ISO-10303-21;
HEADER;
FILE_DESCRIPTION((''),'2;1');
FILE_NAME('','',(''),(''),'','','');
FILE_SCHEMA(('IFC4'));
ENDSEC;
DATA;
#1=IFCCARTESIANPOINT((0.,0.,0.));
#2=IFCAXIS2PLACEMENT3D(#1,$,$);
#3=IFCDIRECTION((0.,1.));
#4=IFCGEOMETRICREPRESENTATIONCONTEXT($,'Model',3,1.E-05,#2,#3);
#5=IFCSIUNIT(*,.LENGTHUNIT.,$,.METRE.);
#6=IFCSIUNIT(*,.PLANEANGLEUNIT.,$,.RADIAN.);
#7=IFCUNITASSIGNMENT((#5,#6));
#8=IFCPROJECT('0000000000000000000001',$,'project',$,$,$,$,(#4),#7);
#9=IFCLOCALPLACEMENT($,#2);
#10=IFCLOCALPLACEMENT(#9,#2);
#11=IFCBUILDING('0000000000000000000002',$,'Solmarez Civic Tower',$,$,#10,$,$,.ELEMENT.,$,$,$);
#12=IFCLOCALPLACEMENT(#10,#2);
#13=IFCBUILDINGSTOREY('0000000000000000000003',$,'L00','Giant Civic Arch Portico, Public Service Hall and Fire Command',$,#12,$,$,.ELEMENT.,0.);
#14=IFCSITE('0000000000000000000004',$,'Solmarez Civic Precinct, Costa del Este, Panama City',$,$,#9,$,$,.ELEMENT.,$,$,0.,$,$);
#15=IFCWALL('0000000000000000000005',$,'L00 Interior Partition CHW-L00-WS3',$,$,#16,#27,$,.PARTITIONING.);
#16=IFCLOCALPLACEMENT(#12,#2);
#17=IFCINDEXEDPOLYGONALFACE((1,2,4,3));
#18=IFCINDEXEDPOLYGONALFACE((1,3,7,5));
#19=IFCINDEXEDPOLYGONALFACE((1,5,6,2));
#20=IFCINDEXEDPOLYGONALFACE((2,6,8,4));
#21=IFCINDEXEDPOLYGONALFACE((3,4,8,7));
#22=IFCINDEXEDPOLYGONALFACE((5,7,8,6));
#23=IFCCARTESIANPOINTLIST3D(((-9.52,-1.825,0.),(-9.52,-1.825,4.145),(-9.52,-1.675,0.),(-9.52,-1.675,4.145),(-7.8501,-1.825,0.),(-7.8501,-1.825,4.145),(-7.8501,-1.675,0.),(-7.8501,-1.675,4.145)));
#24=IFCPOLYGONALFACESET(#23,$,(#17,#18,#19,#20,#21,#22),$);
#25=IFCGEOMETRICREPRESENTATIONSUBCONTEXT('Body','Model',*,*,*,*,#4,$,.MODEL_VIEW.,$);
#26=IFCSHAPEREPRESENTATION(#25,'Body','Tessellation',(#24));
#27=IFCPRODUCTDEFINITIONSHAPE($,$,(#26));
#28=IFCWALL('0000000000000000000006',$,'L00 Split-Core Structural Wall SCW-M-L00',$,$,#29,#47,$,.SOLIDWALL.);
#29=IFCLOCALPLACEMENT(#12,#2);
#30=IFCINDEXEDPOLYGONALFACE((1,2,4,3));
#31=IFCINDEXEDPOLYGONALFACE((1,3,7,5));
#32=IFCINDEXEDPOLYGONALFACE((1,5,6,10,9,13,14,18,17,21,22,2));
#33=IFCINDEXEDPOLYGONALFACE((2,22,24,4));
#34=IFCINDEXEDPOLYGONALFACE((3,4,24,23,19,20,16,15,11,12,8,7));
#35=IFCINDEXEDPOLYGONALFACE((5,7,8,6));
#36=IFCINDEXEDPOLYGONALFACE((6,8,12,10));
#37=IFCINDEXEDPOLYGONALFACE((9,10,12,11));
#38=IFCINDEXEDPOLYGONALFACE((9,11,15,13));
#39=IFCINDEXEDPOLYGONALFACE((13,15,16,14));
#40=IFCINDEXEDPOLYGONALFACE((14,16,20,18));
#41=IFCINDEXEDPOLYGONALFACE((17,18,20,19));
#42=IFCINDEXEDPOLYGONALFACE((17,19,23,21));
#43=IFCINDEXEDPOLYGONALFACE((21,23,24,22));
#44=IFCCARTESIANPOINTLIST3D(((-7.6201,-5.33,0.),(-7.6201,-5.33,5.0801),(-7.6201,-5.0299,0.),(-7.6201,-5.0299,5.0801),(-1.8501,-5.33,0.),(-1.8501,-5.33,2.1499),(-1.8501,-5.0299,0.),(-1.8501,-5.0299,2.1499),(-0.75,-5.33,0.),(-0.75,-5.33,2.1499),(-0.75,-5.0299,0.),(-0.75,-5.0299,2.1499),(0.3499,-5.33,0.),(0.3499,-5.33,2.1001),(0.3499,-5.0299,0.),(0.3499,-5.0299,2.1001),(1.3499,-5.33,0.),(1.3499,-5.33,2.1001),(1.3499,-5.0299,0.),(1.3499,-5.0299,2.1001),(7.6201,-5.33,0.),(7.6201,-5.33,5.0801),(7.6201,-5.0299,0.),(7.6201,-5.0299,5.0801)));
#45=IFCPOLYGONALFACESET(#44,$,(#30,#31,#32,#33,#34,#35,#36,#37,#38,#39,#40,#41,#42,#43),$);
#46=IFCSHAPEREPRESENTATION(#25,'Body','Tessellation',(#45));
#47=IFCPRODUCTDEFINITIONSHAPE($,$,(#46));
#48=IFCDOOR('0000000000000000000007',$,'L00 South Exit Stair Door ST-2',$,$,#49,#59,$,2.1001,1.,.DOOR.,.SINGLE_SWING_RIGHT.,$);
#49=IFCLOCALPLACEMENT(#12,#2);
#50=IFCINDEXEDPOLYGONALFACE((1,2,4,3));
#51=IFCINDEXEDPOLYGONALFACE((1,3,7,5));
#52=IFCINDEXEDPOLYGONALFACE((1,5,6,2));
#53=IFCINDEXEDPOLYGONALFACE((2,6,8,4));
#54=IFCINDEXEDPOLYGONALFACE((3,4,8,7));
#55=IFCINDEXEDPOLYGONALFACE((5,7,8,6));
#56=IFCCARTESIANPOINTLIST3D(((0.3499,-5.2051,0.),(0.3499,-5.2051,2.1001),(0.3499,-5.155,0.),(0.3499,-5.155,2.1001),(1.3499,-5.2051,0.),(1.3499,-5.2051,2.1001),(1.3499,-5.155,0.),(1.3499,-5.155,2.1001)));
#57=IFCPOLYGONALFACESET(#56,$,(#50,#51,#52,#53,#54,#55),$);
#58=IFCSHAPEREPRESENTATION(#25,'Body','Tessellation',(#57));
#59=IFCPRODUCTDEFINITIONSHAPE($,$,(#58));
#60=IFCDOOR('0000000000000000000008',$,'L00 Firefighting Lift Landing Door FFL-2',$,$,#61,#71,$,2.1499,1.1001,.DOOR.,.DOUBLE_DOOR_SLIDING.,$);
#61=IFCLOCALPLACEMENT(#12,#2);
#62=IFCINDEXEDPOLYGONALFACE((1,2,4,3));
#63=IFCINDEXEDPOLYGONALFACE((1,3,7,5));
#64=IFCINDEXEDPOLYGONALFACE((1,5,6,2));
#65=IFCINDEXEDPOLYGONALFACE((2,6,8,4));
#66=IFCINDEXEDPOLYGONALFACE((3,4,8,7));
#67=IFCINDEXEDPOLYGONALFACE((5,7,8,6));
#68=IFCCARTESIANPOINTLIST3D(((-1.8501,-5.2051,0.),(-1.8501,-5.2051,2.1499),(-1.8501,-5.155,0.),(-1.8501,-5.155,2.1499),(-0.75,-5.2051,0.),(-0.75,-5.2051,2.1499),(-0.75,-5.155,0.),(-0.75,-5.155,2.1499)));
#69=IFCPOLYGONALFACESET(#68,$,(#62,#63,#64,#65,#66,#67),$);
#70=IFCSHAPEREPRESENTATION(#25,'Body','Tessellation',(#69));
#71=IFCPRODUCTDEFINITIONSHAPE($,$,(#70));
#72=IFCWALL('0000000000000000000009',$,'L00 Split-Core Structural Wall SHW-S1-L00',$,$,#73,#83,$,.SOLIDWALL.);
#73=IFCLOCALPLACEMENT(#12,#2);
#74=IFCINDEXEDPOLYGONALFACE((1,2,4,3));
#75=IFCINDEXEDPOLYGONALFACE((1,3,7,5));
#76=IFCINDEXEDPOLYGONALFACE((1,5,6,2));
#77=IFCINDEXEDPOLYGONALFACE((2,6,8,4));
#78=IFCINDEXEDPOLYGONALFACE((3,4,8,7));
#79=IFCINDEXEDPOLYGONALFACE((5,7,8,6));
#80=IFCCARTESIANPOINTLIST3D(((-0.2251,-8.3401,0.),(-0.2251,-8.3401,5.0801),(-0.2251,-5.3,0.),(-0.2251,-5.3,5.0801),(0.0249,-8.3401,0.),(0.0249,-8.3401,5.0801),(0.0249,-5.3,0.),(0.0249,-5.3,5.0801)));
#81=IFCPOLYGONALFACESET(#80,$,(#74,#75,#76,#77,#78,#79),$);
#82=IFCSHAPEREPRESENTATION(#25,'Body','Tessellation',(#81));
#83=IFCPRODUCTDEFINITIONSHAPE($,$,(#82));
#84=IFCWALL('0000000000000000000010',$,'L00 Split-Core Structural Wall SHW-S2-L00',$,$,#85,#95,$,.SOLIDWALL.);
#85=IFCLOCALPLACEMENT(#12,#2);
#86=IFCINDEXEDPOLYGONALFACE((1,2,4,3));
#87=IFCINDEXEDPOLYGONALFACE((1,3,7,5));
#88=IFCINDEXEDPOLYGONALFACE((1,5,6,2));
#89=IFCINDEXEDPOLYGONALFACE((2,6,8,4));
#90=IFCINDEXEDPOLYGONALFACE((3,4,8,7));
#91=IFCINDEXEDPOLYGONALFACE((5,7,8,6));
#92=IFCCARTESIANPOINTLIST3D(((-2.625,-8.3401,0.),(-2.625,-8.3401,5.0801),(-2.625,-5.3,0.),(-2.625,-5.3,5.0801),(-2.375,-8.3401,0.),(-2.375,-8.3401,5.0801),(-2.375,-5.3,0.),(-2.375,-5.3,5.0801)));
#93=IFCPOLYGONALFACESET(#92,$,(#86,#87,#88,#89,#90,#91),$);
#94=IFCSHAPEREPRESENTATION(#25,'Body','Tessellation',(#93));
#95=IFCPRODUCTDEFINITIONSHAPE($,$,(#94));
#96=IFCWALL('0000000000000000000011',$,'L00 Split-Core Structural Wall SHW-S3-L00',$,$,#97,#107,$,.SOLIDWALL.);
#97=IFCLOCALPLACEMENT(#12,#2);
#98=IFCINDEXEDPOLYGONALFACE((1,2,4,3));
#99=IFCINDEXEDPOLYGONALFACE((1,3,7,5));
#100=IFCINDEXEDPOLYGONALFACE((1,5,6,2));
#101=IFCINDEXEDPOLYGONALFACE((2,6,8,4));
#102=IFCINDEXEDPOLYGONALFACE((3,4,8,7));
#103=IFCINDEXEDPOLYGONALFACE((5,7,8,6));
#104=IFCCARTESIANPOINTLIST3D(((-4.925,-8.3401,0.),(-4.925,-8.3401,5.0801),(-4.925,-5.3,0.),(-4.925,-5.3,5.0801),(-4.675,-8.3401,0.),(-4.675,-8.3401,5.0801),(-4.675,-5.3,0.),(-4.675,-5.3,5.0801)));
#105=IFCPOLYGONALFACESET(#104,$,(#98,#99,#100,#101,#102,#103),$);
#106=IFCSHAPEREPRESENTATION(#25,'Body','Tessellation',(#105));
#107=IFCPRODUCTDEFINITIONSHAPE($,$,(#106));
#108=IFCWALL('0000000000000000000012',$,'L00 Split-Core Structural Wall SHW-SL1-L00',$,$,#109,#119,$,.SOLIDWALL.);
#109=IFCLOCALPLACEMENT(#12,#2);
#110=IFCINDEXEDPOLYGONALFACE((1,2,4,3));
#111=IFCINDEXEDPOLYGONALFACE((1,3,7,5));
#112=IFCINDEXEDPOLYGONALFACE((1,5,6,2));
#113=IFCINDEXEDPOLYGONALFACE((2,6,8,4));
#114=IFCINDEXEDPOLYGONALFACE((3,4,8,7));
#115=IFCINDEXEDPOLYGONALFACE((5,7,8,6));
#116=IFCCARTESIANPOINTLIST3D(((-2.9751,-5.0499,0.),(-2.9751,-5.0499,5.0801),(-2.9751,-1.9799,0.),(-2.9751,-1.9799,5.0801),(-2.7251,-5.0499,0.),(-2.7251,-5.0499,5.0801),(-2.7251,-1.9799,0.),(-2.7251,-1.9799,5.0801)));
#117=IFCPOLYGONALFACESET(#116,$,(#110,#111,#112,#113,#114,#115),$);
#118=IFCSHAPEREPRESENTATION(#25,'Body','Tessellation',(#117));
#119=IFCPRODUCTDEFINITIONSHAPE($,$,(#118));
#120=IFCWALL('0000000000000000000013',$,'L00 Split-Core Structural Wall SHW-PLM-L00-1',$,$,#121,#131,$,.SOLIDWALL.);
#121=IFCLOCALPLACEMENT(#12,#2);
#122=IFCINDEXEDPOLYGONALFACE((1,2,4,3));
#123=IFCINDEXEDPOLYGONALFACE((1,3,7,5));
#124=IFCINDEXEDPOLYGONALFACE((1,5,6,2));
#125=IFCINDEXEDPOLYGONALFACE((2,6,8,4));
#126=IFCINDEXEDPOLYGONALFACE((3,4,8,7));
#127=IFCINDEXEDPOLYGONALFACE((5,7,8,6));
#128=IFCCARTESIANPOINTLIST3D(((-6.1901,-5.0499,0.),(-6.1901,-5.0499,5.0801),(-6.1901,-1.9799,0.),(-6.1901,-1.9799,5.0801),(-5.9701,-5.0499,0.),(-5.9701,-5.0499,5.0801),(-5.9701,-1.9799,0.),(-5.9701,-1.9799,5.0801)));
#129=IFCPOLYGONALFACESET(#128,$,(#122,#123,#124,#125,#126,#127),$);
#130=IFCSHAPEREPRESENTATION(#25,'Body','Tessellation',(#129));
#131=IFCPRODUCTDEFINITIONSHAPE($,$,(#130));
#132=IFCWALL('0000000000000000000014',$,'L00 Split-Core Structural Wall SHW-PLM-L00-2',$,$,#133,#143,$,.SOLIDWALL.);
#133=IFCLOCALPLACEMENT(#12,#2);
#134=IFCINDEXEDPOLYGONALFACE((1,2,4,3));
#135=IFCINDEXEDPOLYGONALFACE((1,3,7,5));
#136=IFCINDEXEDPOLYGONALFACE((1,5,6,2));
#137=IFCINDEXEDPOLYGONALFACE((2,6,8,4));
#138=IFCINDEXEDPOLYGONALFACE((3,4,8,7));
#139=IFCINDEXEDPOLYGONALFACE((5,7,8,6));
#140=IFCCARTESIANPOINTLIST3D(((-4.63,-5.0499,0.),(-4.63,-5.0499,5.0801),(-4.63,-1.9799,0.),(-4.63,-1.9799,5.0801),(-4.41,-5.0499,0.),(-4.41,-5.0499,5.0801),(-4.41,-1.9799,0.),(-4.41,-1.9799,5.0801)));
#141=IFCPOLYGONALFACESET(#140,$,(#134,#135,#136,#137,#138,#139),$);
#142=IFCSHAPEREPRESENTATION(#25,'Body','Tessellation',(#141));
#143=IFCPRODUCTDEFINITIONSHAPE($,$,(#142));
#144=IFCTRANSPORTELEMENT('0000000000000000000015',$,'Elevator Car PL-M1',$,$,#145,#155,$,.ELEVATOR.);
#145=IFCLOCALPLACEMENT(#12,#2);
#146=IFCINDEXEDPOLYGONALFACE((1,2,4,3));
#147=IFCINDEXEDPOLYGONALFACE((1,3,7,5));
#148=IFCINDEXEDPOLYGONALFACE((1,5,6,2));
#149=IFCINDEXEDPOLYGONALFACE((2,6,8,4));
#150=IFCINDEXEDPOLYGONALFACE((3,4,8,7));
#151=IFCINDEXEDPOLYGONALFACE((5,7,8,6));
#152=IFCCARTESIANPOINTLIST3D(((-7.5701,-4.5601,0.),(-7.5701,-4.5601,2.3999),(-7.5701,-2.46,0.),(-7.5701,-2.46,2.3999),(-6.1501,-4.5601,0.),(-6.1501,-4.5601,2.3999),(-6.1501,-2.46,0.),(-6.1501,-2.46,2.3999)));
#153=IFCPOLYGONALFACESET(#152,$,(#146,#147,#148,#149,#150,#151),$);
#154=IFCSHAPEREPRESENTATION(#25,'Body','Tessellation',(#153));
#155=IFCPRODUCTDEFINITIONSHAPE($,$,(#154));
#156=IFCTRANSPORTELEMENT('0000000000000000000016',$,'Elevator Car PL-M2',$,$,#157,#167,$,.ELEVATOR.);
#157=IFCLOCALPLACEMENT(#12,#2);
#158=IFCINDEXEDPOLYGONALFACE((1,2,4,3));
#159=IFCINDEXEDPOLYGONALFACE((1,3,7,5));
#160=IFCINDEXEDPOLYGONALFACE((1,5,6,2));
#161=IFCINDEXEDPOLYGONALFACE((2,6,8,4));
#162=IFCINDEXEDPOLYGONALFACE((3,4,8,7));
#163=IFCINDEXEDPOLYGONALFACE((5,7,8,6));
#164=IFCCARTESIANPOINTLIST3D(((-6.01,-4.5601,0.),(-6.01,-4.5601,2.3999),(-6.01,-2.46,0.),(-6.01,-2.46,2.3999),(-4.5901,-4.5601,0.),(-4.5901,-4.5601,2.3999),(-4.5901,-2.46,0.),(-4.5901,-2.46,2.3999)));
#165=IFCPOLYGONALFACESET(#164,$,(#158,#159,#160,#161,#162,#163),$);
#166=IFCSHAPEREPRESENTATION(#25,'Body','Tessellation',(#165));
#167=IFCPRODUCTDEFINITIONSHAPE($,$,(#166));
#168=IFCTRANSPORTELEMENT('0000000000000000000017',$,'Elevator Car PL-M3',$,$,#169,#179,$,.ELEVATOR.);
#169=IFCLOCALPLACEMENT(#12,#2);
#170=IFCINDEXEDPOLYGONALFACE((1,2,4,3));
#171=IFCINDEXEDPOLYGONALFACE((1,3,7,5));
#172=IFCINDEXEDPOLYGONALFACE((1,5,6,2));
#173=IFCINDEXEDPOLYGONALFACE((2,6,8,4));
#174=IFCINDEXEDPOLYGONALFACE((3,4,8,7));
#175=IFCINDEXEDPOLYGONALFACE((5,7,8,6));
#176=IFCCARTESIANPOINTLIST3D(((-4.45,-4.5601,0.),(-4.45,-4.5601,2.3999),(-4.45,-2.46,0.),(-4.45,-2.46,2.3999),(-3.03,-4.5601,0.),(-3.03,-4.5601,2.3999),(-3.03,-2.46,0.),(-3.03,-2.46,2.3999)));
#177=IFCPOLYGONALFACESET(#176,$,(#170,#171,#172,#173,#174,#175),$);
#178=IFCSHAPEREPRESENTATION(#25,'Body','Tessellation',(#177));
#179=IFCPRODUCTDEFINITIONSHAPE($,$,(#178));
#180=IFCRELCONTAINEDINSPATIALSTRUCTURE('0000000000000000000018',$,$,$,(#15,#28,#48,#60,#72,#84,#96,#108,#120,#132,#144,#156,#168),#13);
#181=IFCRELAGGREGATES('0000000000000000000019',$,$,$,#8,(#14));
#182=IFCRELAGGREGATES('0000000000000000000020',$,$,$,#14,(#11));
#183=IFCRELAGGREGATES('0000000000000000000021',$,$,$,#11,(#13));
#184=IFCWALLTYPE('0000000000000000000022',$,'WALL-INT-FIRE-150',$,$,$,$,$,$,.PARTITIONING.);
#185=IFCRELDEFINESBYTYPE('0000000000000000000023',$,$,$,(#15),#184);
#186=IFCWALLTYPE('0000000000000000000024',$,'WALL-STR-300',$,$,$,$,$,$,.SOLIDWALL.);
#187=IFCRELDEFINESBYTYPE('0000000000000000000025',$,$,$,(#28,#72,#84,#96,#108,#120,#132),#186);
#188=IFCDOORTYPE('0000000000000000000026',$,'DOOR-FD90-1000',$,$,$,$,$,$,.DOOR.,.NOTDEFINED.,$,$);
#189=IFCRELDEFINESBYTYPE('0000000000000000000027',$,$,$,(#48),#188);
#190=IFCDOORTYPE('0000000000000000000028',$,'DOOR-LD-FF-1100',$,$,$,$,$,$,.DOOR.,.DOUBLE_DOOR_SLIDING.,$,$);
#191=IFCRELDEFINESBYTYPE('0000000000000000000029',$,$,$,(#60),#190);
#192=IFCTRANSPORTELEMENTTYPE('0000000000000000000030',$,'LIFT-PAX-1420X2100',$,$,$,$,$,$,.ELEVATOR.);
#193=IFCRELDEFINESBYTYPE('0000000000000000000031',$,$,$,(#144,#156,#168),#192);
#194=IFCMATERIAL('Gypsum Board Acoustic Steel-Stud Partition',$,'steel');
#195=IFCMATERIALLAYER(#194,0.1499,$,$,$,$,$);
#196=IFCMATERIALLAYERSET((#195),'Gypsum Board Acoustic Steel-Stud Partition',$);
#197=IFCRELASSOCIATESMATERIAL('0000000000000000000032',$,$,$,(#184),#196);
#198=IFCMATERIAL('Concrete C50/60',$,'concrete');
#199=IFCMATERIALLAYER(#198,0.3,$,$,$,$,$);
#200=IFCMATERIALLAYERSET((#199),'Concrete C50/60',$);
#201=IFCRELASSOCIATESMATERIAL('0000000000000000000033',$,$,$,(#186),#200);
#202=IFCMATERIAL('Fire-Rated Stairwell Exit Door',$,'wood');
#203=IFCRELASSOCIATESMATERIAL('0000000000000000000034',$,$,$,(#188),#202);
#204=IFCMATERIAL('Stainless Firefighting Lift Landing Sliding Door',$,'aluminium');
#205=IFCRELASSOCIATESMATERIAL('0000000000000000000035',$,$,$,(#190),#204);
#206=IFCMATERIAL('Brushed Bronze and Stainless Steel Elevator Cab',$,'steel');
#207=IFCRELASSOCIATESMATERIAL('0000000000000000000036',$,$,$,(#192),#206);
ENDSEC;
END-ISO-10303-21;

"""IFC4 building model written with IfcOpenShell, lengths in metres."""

from ifc_helpers import new_model, si_unit, direction, frame, frame_2d, origin, origin_2d, place, context, subcontext, project, spatial, rectangle, extrude, material, layer, layer_set, type_object, element, fill, save


model = new_model("IFC4")

# Units and contexts
model_context = context("Model", 3, precision=1e-05, world=origin(), true_north=direction((0.0, 1.0)))
body_context = subcontext(model_context, "Body", "Model", "MODEL_VIEW")
ifc_project = project(units=[si_unit("LENGTHUNIT", "METRE"), si_unit("PLANEANGLEUNIT", "RADIAN")], contexts=[model_context])

# Site, building, storey
site_placement = place(None, origin())
site = spatial("IfcSite", under=ifc_project, at=site_placement, Name="Solmarez Civic Precinct, Costa del Este, Panama City", CompositionType="ELEMENT", RefElevation=0.0)
building_placement = place(site_placement, origin())
building = spatial("IfcBuilding", under=site, at=building_placement, Name="Solmarez Civic Tower", CompositionType="ELEMENT")
storey_placement = place(building_placement, origin())
storey = spatial("IfcBuildingStorey", under=building, at=storey_placement, Name="L00", Description="Giant Civic Arch Portico, Public Service Hall and Fire Command", CompositionType="ELEMENT", Elevation=0.0)

# Wall
ifc_material_1 = material(Name="Gypsum Board Acoustic Steel-Stud Partition", Category="steel")
ifc_layer_1 = layer(ifc_material_1, 0.1499)
ifc_layer_set_1 = layer_set([ifc_layer_1], Name="Gypsum Board Acoustic Steel-Stud Partition")
wall_type_1 = type_object("IfcWallType", Name="WALL-INT-FIRE-150", PredefinedType="PARTITIONING", material=ifc_layer_set_1)
wall_1_placement = place(storey_placement, frame((-7.8501, -1.75, 0.0), z_axis=(0.0, 0.0, 1.0), x_axis=(-1.0, 0.0, 0.0)))
element("IfcWall", 1, at=wall_1_placement, inside=storey, type_object=wall_type_1, Name="L00 Interior Partition CHW-L00-WS3", PredefinedType="PARTITIONING", context=body_context, shape_type="SweptSolid", body=[
    extrude(rectangle(XDim=1.6699, YDim=0.1499, at=frame_2d((0.835, 0.0))), origin(), (0.0, 0.0, 1.0), 4.145),
])

# Wall, openings, doors
ifc_material_2 = material(Name="Concrete C50/60", Category="concrete")
ifc_layer_2 = layer(ifc_material_2, 0.3)
ifc_layer_set_2 = layer_set([ifc_layer_2], Name="Concrete C50/60")
wall_type_2 = type_object("IfcWallType", Name="WALL-STR-300", PredefinedType="SOLIDWALL", material=ifc_layer_set_2)
wall_2_placement = place(storey_placement, frame((-7.6201, -5.1799, 0.0), z_axis=(0.0, 0.0, 1.0), x_axis=(1.0, 0.0, 0.0)))
wall_2 = element("IfcWall", 2, at=wall_2_placement, inside=storey, type_object=wall_type_2, Name="L00 Split-Core Structural Wall SCW-M-L00", PredefinedType="SOLIDWALL", context=body_context, shape_type="SweptSolid", body=[
    extrude(rectangle(XDim=15.2402, YDim=0.3, at=frame_2d((7.6201, 0.0))), origin(), (0.0, 0.0, 1.0), 5.0801),
])
opening_1_placement = place(wall_2_placement, frame((5.77, 0.0, 0.0)))
opening_1 = element("IfcOpeningElement", 3, at=opening_1_placement, cuts=wall_2, PredefinedType="OPENING", context=body_context, shape_type="SweptSolid", body=[
    extrude(rectangle(XDim=1.1001, YDim=2.1499, at=frame_2d((0.55, 1.075))), frame((0.0, 0.1599, 0.0), z_axis=(0.0, -1.0, 0.0), x_axis=(1.0, 0.0, 0.0)), (0.0, 0.0, 1.0), 0.3201),
])
opening_2_placement = place(wall_2_placement, frame((7.97, 0.0, 0.0)))
opening_2 = element("IfcOpeningElement", 4, at=opening_2_placement, cuts=wall_2, PredefinedType="OPENING", context=body_context, shape_type="SweptSolid", body=[
    extrude(rectangle(XDim=1.0, YDim=2.1001, at=frame_2d((0.5, 1.05))), frame((0.0, 0.1599, 0.0), z_axis=(0.0, -1.0, 0.0), x_axis=(1.0, 0.0, 0.0)), (0.0, 0.0, 1.0), 0.3201),
])
ifc_material_3 = material(Name="Fire-Rated Stairwell Exit Door", Category="wood")
door_type_1 = type_object("IfcDoorType", Name="DOOR-FD90-1000", OperationType="NOTDEFINED", PredefinedType="DOOR", material=ifc_material_3)
door_1_placement = place(opening_2_placement, origin())
door_1 = element("IfcDoor", 5, at=door_1_placement, inside=storey, type_object=door_type_1, Name="L00 South Exit Stair Door ST-2", OperationType="SINGLE_SWING_RIGHT", OverallHeight=2.1001, OverallWidth=1.0, PredefinedType="DOOR", context=body_context, shape_type="SweptSolid", body=[
    extrude(rectangle(XDim=1.0, YDim=2.1001, at=frame_2d((0.5, 1.05))), frame((0.0, 0.0249, 0.0), z_axis=(0.0, -1.0, 0.0), x_axis=(1.0, 0.0, 0.0)), (0.0, 0.0, 1.0), 0.05),
])
fill(opening_2, door_1)
ifc_material_4 = material(Name="Stainless Firefighting Lift Landing Sliding Door", Category="aluminium")
door_type_2 = type_object("IfcDoorType", Name="DOOR-LD-FF-1100", OperationType="DOUBLE_DOOR_SLIDING", PredefinedType="DOOR", material=ifc_material_4)
door_2_placement = place(opening_1_placement, origin())
door_2 = element("IfcDoor", 6, at=door_2_placement, inside=storey, type_object=door_type_2, Name="L00 Firefighting Lift Landing Door FFL-2", OperationType="DOUBLE_DOOR_SLIDING", OverallHeight=2.1499, OverallWidth=1.1001, PredefinedType="DOOR", context=body_context, shape_type="SweptSolid", body=[
    extrude(rectangle(XDim=1.1001, YDim=2.1499, at=frame_2d((0.55, 1.075))), frame((0.0, 0.0249, 0.0), z_axis=(0.0, -1.0, 0.0), x_axis=(1.0, 0.0, 0.0)), (0.0, 0.0, 1.0), 0.05),
])
fill(opening_1, door_2)

# Walls
for number, where, z_axis, x_axis, name in (
    (7, (-0.1001, -8.3401, 0.0), (0.0, 0.0, 1.0), (0.0, 1.0, 0.0), "L00 Split-Core Structural Wall SHW-S1-L00"),
    (8, (-2.5, -8.3401, 0.0), (0.0, 0.0, 1.0), (0.0, 1.0, 0.0), "L00 Split-Core Structural Wall SHW-S2-L00"),
    (9, (-4.8, -8.3401, 0.0), (0.0, 0.0, 1.0), (0.0, 1.0, 0.0), "L00 Split-Core Structural Wall SHW-S3-L00"),
):
    element("IfcWall", number, at=place(storey_placement, frame(where, z_axis=z_axis, x_axis=x_axis)), inside=storey, type_object=wall_type_2, Name=name, PredefinedType="SOLIDWALL", context=body_context, shape_type="SweptSolid", body=[
        extrude(rectangle(XDim=3.04, YDim=0.25, at=frame_2d((1.52, 0.0))), origin(), (0.0, 0.0, 1.0), 5.0801),
    ])
wall_3_placement = place(storey_placement, frame((-2.8501, -5.05, 0.0), z_axis=(0.0, 0.0, 1.0), x_axis=(0.0, 1.0, 0.0)))
element("IfcWall", 10, at=wall_3_placement, inside=storey, type_object=wall_type_2, Name="L00 Split-Core Structural Wall SHW-SL1-L00", PredefinedType="SOLIDWALL", context=body_context, shape_type="SweptSolid", body=[
    extrude(rectangle(XDim=3.0701, YDim=0.25, at=frame_2d((1.5352, 0.0))), origin(), (0.0, 0.0, 1.0), 5.0801),
])
for number, where, z_axis, x_axis, name in (
    (11, (-6.0801, -5.05, 0.0), (0.0, 0.0, 1.0), (0.0, 1.0, 0.0), "L00 Split-Core Structural Wall SHW-PLM-L00-1"),
    (12, (-4.52, -5.05, 0.0), (0.0, 0.0, 1.0), (0.0, 1.0, 0.0), "L00 Split-Core Structural Wall SHW-PLM-L00-2"),
):
    element("IfcWall", number, at=place(storey_placement, frame(where, z_axis=z_axis, x_axis=x_axis)), inside=storey, type_object=wall_type_2, Name=name, PredefinedType="SOLIDWALL", context=body_context, shape_type="SweptSolid", body=[
        extrude(rectangle(XDim=3.0701, YDim=0.22, at=frame_2d((1.5352, 0.0))), origin(), (0.0, 0.0, 1.0), 5.0801),
    ])

# Transport elements
ifc_material_5 = material(Name="Brushed Bronze and Stainless Steel Elevator Cab", Category="steel")
transport_element_type = type_object("IfcTransportElementType", Name="LIFT-PAX-1420X2100", PredefinedType="ELEVATOR", material=ifc_material_5)
for number, where, z_axis, x_axis, name in (
    (13, (-6.8601, -3.51, 0.0), (0.0, 0.0, 1.0), (1.0, 0.0, 0.0), "Elevator Car PL-M1"),
    (14, (-5.3, -3.51, 0.0), (0.0, 0.0, 1.0), (1.0, 0.0, 0.0), "Elevator Car PL-M2"),
    (15, (-3.74, -3.51, 0.0), (0.0, 0.0, 1.0), (1.0, 0.0, 0.0), "Elevator Car PL-M3"),
):
    element("IfcTransportElement", number, at=place(storey_placement, frame(where, z_axis=z_axis, x_axis=x_axis)), inside=storey, type_object=transport_element_type, Name=name, PredefinedType="ELEVATOR", context=body_context, shape_type="SweptSolid", body=[
        extrude(rectangle(XDim=1.4199, YDim=2.1001, at=origin_2d()), origin(), (0.0, 0.0, 1.0), 2.3999),
    ])

save(model, "model.ifc")
